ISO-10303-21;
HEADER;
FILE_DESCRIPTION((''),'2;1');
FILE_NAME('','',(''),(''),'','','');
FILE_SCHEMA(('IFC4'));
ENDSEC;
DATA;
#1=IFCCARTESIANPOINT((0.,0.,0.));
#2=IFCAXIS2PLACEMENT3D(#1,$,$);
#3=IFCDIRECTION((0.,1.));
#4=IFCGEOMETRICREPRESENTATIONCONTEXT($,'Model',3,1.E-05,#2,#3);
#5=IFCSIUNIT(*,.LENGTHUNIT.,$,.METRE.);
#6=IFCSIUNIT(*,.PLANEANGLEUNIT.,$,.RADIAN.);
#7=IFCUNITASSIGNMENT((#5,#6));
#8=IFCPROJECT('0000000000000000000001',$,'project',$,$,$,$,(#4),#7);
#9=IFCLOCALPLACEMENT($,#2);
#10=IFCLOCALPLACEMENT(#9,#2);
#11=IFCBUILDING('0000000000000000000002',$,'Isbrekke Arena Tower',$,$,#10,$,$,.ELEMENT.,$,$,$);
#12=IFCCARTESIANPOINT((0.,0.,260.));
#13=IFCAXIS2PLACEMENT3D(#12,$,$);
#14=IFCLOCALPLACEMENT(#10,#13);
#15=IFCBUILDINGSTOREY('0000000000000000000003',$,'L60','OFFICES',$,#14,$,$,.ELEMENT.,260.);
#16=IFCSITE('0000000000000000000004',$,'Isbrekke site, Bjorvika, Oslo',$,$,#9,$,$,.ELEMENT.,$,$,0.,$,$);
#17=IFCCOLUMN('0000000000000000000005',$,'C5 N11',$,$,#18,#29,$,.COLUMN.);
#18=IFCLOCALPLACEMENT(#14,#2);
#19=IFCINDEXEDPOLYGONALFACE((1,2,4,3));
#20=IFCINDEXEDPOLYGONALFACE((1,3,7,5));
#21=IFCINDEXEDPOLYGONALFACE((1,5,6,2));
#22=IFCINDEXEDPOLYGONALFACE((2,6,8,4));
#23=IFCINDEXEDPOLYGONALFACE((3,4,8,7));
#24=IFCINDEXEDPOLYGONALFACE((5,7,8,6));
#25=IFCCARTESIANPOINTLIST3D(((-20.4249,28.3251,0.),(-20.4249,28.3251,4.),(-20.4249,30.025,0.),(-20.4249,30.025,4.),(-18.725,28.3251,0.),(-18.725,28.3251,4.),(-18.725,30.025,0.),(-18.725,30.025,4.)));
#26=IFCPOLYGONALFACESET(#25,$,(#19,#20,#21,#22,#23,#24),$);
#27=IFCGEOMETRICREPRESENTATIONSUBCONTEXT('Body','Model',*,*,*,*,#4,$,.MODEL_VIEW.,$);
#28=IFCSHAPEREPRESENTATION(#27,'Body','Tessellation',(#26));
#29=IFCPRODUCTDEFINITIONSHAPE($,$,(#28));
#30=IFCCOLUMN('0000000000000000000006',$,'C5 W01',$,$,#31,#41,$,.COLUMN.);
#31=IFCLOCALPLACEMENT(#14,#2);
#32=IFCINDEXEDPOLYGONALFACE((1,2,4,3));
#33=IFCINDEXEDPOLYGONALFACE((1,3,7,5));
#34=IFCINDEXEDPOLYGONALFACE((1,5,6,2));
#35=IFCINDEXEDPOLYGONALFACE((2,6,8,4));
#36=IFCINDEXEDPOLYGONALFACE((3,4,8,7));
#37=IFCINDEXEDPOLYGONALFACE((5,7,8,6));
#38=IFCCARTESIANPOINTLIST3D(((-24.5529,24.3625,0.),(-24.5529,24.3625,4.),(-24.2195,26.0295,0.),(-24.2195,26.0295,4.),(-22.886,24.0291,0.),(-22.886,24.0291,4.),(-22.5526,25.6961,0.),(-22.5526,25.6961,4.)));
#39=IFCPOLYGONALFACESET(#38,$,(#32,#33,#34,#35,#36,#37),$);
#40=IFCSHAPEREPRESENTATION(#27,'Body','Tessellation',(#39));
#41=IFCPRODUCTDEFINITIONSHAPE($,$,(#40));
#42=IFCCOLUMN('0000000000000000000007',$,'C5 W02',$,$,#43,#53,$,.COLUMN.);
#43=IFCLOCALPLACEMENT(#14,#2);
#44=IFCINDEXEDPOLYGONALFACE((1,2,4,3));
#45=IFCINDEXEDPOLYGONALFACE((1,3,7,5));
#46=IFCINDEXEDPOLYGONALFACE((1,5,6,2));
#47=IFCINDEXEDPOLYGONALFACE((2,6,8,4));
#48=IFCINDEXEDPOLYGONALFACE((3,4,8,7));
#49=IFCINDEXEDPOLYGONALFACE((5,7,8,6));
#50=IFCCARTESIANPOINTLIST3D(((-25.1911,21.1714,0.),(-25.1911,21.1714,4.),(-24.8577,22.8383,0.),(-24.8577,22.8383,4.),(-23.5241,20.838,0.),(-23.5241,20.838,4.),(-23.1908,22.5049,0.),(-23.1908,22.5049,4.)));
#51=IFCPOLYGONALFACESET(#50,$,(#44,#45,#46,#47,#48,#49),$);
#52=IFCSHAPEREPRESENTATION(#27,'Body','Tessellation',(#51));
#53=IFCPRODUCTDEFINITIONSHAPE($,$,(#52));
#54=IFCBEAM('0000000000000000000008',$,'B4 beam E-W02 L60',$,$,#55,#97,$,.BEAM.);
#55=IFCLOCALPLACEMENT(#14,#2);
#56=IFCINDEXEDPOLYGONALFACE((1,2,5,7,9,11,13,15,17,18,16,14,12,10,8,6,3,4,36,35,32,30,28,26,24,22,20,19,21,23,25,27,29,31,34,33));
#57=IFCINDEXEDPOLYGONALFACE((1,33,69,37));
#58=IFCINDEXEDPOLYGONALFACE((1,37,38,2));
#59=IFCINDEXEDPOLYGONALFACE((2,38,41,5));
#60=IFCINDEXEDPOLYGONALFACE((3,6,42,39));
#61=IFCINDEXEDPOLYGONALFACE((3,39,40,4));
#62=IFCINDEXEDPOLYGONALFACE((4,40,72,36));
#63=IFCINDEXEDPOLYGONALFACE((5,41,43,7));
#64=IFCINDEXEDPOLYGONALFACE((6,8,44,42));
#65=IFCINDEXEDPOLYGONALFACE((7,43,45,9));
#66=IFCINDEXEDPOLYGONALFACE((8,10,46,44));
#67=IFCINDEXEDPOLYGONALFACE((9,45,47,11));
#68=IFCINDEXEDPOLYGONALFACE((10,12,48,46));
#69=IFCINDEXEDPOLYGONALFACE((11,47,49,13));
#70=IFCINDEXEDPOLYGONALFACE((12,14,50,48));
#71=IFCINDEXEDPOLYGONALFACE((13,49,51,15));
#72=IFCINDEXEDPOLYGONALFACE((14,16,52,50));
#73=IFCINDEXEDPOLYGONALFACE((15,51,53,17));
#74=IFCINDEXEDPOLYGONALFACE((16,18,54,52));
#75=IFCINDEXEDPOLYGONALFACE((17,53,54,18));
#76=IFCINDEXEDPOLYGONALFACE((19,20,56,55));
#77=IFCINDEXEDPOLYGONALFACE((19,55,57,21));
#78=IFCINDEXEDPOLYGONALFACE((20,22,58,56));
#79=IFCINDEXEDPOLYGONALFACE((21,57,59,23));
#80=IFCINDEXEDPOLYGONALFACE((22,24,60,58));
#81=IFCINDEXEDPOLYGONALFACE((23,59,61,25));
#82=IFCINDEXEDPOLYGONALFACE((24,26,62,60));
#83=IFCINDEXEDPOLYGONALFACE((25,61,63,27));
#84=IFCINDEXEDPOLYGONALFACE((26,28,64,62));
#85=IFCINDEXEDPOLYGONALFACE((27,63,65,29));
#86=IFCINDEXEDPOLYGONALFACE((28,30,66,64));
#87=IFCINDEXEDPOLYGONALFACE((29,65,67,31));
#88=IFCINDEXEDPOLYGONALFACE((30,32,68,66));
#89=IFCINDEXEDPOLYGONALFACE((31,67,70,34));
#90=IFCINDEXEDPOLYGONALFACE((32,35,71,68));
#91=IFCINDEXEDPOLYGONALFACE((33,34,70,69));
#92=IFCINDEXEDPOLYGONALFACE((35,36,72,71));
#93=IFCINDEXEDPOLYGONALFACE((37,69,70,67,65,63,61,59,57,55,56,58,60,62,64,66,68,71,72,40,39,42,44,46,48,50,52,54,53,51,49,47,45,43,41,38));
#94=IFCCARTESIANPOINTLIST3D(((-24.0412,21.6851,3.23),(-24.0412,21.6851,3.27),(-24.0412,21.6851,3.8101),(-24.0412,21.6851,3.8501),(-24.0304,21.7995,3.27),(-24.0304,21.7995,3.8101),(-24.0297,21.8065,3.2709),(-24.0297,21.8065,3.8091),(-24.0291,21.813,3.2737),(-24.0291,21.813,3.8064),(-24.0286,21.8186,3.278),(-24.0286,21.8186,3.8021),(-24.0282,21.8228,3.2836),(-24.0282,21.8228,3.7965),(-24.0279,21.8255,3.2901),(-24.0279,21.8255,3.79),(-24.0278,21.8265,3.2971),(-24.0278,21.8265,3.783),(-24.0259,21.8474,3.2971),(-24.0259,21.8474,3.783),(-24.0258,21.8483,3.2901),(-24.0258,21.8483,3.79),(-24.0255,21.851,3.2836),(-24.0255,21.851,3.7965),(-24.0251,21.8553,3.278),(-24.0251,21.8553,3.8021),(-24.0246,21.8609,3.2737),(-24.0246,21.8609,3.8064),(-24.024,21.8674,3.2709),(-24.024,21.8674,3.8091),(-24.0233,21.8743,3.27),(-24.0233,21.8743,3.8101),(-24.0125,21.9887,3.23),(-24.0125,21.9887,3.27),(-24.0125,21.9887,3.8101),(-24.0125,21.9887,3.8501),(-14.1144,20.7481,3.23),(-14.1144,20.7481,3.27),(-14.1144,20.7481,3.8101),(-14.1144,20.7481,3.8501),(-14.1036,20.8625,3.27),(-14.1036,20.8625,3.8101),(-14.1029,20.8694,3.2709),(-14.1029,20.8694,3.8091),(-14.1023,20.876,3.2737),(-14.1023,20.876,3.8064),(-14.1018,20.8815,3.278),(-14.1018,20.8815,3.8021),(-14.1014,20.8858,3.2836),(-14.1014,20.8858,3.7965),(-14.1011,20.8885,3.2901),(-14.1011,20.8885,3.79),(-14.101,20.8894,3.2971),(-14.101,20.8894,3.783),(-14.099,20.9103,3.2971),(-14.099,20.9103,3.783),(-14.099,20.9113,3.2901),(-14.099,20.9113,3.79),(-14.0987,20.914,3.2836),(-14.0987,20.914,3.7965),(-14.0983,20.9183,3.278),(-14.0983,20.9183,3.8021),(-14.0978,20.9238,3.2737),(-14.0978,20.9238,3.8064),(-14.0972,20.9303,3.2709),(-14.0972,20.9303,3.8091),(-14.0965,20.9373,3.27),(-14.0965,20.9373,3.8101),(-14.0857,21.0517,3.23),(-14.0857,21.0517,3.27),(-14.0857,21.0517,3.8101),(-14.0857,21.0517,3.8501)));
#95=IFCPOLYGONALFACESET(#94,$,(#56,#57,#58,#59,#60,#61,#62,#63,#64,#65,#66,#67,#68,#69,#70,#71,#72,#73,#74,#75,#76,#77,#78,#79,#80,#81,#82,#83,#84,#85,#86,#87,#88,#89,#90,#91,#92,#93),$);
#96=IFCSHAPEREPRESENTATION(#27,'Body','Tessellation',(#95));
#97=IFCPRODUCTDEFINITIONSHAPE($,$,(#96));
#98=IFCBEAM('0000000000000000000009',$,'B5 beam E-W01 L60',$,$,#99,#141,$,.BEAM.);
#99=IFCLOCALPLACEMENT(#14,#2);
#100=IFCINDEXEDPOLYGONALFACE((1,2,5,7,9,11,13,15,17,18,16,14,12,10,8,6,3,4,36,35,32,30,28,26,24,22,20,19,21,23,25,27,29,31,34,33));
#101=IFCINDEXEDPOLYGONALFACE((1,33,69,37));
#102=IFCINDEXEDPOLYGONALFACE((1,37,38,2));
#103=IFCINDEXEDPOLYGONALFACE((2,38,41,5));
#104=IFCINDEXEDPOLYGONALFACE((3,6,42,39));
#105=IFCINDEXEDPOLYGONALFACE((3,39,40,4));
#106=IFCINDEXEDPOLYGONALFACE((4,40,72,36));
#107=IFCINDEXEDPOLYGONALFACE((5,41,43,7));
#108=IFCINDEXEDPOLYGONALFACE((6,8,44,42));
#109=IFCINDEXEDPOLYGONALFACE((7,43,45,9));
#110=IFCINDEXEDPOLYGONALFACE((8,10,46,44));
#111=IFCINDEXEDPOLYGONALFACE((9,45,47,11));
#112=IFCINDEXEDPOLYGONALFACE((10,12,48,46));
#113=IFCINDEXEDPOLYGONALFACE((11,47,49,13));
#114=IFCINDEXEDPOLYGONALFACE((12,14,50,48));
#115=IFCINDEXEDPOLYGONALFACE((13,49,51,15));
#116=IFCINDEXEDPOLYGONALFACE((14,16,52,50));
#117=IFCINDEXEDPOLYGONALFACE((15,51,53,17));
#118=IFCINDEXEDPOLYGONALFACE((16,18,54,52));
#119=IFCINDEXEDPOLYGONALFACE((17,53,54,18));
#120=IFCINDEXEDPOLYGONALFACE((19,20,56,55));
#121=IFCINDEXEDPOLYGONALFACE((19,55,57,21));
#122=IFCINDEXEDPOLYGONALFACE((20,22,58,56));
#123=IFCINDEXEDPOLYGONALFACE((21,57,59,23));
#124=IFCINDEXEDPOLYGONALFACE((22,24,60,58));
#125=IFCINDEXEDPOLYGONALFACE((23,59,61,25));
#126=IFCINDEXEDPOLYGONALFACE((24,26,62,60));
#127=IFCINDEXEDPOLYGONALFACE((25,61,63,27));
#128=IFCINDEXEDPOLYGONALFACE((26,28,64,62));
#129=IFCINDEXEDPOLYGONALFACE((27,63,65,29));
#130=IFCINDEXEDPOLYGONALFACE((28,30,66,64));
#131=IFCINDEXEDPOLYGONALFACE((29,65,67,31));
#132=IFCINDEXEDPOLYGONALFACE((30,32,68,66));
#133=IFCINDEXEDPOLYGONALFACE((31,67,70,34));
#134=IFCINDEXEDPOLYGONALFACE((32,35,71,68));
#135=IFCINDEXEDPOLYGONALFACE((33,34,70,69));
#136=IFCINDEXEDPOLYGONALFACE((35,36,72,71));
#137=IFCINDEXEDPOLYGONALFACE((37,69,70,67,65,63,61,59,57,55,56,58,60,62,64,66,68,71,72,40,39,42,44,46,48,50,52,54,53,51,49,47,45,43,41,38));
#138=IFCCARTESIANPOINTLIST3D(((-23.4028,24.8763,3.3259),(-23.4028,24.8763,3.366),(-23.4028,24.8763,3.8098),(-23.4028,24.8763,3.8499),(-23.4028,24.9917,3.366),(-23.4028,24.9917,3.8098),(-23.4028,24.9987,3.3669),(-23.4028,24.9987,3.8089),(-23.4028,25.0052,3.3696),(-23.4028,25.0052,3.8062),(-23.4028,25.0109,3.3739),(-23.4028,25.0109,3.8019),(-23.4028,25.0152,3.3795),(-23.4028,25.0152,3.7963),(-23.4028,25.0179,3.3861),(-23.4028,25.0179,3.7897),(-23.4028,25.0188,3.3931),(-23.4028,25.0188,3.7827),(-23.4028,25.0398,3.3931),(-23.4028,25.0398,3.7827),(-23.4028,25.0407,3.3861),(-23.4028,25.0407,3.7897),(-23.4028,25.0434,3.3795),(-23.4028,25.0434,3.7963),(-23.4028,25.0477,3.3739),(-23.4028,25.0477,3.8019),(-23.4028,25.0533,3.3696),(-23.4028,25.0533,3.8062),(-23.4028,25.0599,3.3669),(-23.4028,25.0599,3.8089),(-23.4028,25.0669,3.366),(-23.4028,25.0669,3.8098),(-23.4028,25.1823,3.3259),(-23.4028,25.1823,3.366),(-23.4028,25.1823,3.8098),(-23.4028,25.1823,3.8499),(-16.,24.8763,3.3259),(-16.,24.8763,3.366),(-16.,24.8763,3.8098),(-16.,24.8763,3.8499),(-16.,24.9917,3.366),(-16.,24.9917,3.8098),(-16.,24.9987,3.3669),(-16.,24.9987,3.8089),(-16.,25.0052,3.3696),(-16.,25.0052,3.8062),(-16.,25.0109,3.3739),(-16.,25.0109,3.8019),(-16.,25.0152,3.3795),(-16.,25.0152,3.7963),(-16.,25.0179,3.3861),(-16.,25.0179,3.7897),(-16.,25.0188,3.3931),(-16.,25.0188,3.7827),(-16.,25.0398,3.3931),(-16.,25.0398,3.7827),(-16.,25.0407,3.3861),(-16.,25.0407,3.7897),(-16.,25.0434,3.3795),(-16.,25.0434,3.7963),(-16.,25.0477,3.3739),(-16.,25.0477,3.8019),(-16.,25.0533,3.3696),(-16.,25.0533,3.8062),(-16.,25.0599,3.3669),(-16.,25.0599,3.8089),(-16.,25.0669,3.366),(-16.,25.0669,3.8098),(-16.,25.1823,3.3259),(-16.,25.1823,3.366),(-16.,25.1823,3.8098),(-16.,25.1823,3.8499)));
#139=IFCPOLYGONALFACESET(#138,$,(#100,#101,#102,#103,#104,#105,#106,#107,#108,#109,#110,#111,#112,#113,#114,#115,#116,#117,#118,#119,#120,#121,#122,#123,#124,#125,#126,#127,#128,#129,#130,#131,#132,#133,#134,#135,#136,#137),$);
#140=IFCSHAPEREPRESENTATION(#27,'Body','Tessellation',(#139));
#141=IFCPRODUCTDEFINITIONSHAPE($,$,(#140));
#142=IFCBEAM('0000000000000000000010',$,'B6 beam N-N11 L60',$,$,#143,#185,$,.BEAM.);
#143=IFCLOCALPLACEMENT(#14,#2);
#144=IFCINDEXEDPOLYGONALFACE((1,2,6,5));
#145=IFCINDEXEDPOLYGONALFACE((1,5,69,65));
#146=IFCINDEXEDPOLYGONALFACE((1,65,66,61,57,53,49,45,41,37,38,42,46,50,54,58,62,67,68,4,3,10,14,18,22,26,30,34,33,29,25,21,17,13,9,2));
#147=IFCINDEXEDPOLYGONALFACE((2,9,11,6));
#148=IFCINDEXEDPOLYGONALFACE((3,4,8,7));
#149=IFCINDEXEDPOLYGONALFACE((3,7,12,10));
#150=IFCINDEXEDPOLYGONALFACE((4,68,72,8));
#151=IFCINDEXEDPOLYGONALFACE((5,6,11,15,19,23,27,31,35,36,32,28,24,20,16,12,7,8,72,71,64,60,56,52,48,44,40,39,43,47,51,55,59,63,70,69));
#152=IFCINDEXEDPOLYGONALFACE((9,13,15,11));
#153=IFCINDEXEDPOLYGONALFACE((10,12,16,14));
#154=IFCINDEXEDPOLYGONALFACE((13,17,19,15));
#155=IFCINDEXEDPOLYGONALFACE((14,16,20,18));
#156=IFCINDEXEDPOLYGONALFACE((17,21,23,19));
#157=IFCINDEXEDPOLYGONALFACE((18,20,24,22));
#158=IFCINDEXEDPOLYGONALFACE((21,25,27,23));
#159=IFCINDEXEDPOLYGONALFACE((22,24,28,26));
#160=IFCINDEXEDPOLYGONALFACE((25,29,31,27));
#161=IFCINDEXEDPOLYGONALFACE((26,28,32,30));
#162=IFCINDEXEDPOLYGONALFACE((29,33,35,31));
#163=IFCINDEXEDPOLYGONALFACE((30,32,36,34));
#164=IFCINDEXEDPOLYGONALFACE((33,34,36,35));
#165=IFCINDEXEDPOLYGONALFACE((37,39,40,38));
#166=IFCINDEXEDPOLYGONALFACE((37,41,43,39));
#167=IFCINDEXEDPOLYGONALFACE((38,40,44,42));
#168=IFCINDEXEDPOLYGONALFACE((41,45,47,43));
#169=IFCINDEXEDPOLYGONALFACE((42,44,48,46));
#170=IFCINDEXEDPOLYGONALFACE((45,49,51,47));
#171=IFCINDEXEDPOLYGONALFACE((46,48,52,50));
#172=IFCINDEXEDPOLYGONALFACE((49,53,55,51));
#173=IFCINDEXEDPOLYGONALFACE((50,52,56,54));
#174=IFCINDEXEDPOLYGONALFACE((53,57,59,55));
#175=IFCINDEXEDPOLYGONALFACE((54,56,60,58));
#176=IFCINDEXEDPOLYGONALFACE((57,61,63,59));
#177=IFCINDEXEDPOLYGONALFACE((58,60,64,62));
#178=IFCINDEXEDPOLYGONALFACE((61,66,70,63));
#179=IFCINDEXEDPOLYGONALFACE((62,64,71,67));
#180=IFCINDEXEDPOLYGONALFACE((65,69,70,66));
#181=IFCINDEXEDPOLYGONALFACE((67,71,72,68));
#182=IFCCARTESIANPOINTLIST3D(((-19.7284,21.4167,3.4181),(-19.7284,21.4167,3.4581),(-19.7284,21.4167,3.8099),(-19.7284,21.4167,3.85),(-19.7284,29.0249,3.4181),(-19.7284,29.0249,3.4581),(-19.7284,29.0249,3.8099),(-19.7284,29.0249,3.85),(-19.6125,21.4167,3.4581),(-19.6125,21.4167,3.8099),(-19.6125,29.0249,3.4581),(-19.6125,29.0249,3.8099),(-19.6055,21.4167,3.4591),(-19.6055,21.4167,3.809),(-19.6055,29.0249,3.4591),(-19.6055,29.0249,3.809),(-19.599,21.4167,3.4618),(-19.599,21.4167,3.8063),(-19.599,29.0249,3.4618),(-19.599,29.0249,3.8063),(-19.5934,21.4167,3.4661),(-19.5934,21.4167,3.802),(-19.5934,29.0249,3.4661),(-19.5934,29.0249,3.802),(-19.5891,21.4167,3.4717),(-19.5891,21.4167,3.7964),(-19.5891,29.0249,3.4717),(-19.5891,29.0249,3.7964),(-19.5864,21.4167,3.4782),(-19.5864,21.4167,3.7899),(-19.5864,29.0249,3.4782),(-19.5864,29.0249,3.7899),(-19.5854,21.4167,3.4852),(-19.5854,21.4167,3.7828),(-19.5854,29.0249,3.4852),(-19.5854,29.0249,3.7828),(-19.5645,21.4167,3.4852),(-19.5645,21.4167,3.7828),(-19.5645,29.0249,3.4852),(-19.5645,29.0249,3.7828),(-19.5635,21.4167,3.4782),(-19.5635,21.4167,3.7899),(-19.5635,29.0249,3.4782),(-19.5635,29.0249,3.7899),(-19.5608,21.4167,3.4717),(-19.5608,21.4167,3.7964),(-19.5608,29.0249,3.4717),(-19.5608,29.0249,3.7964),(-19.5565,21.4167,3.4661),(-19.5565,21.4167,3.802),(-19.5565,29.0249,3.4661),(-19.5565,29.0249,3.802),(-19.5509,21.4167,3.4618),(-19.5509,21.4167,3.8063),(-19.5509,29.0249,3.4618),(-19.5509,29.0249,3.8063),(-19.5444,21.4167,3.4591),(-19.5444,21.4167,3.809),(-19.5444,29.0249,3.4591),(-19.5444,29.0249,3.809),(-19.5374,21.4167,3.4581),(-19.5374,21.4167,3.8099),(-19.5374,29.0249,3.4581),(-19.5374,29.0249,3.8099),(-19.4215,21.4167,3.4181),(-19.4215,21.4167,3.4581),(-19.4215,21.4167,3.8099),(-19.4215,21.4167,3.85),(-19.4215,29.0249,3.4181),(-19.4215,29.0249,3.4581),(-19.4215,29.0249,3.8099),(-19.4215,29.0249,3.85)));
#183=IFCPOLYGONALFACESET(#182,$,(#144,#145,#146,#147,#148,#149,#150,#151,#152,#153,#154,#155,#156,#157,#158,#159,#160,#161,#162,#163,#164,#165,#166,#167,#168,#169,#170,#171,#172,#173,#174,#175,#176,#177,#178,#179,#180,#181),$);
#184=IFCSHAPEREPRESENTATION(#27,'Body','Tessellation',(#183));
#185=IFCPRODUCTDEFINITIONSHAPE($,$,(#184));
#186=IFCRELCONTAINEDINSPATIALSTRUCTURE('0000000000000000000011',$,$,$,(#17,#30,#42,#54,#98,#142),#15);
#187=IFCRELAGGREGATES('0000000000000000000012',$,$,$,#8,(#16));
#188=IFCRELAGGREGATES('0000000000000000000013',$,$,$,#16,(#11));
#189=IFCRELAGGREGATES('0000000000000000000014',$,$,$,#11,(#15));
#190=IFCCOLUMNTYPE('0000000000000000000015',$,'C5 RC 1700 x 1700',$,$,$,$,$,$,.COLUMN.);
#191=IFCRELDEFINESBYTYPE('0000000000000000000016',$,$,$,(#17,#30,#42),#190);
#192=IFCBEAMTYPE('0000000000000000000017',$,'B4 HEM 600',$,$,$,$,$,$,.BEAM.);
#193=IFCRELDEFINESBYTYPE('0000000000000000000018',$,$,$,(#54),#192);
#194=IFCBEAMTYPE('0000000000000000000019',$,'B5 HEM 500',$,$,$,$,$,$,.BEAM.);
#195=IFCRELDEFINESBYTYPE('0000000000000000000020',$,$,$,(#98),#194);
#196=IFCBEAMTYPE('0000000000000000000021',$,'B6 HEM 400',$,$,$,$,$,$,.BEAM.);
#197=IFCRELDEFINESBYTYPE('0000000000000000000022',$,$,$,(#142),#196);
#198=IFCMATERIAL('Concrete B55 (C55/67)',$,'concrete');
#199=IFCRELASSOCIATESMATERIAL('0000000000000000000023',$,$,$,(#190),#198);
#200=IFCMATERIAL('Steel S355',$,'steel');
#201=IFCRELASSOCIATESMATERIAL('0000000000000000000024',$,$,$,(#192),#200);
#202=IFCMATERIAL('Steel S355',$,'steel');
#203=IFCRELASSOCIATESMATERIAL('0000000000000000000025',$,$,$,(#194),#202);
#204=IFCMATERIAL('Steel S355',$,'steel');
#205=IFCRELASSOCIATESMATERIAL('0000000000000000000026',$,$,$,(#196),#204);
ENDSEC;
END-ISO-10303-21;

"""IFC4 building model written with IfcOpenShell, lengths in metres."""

from ifc_helpers import new_model, si_unit, direction, frame, origin, origin_2d, place, context, subcontext, project, spatial, rectangle, i_section, extrude, material, material_profile, profile_set, type_object, element, save


model = new_model("IFC4")

# Units and contexts
model_context = context("Model", 3, precision=1e-05, world=origin(), true_north=direction((0.0, 1.0)))
body_context = subcontext(model_context, "Body", "Model", "MODEL_VIEW")
ifc_project = project(units=[si_unit("LENGTHUNIT", "METRE"), si_unit("PLANEANGLEUNIT", "RADIAN")], contexts=[model_context])

# Site, building, storey
site_placement = place(None, origin())
site = spatial("IfcSite", under=ifc_project, at=site_placement, Name="Isbrekke site, Bjorvika, Oslo", CompositionType="ELEMENT", RefElevation=0.0)
building_placement = place(site_placement, origin())
building = spatial("IfcBuilding", under=site, at=building_placement, Name="Isbrekke Arena Tower", CompositionType="ELEMENT")
storey_placement = place(building_placement, frame((0.0, 0.0, 260.0)))
storey = spatial("IfcBuildingStorey", under=building, at=storey_placement, Name="L60", Description="OFFICES", CompositionType="ELEMENT", Elevation=260.0)

# Columns
ifc_material_1 = material(Name="Concrete B55 (C55/67)", Category="concrete")
ifc_material_profile_1 = material_profile(ifc_material_1, rectangle(XDim=1.7, YDim=1.7, at=origin_2d()), Name="RC 1700x1700")
ifc_profile_set_1 = profile_set([ifc_material_profile_1], Name="Concrete B55 (C55/67)")
column_type = type_object("IfcColumnType", Name="C5 RC 1700 x 1700", PredefinedType="COLUMN", material=ifc_profile_set_1)
for number, where, z_axis, x_axis, name in (
    (1, (-19.575, 29.175, 0.0), (0.0, 0.0, 1.0), (-1.0, 0.0, 0.0), "C5 N11"),
    (2, (-23.5527, 25.0293, 0.0), (0.0, 0.0, 1.0), (-0.196116, -0.980581, 0.0), "C5 W01"),
    (3, (-24.1909, 21.8381, 0.0), (0.0, 0.0, 1.0), (-0.196116, -0.980581, 0.0), "C5 W02"),
):
    element("IfcColumn", number, at=place(storey_placement, frame(where, z_axis=z_axis, x_axis=x_axis)), inside=storey, type_object=column_type, Name=name, PredefinedType="COLUMN", context=body_context, shape_type="SweptSolid", body=[
        extrude(rectangle(XDim=1.7, YDim=1.7, at=origin_2d()), origin(), (0.0, 0.0, 1.0), 4.0),
    ])

# Beams
ifc_material_2 = material(Name="Steel S355", Category="steel")
ifc_material_profile_2 = material_profile(ifc_material_2, i_section(OverallWidth=0.3049, OverallDepth=0.6201, WebThickness=0.021, FlangeThickness=0.04, FilletRadius=0.0271, at=origin_2d()), Name="HEM 600")
ifc_profile_set_2 = profile_set([ifc_material_profile_2], Name="Steel S355")
beam_type_1 = type_object("IfcBeamType", Name="B4 HEM 600", PredefinedType="BEAM", material=ifc_profile_set_2)
beam_1_placement = place(storey_placement, frame((-24.0269, 21.8369, 3.54), z_axis=(0.995575, -0.093975, 0.0), x_axis=(0.093975, 0.995575, 0.0)))
element("IfcBeam", 4, at=beam_1_placement, inside=storey, type_object=beam_type_1, Name="B4 beam E-W02 L60", PredefinedType="BEAM", context=body_context, shape_type="SweptSolid", body=[
    extrude(i_section(OverallWidth=0.3049, OverallDepth=0.6201, WebThickness=0.021, FlangeThickness=0.04, FilletRadius=0.0271, at=origin_2d()), origin(), (0.0, 0.0, 1.0), 9.9709),
])
ifc_material_3 = material(Name="Steel S355", Category="steel")
ifc_material_profile_3 = material_profile(ifc_material_3, i_section(OverallWidth=0.3059, OverallDepth=0.5239, WebThickness=0.021, FlangeThickness=0.04, FilletRadius=0.0271, at=origin_2d()), Name="HEM 500")
ifc_profile_set_3 = profile_set([ifc_material_profile_3], Name="Steel S355")
beam_type_2 = type_object("IfcBeamType", Name="B5 HEM 500", PredefinedType="BEAM", material=ifc_profile_set_3)
beam_2_placement = place(storey_placement, frame((-23.4028, 25.0293, 3.5879), z_axis=(1.0, 0.0, 0.0), x_axis=(0.0, 1.0, 0.0)))
element("IfcBeam", 5, at=beam_2_placement, inside=storey, type_object=beam_type_2, Name="B5 beam E-W01 L60", PredefinedType="BEAM", context=body_context, shape_type="SweptSolid", body=[
    extrude(i_section(OverallWidth=0.3059, OverallDepth=0.5239, WebThickness=0.021, FlangeThickness=0.04, FilletRadius=0.0271, at=origin_2d()), origin(), (0.0, 0.0, 1.0), 7.4028),
])
ifc_material_4 = material(Name="Steel S355", Category="steel")
ifc_material_profile_4 = material_profile(ifc_material_4, i_section(OverallWidth=0.3069, OverallDepth=0.4319, WebThickness=0.021, FlangeThickness=0.04, FilletRadius=0.0271, at=origin_2d()), Name="HEM 400")
ifc_profile_set_4 = profile_set([ifc_material_profile_4], Name="Steel S355")
beam_type_3 = type_object("IfcBeamType", Name="B6 HEM 400", PredefinedType="BEAM", material=ifc_profile_set_4)
beam_3_placement = place(storey_placement, frame((-19.575, 29.0249, 3.634), z_axis=(0.0, -1.0, 0.0), x_axis=(1.0, 0.0, 0.0)))
element("IfcBeam", 6, at=beam_3_placement, inside=storey, type_object=beam_type_3, Name="B6 beam N-N11 L60", PredefinedType="BEAM", context=body_context, shape_type="SweptSolid", body=[
    extrude(i_section(OverallWidth=0.3069, OverallDepth=0.4319, WebThickness=0.021, FlangeThickness=0.04, FilletRadius=0.0271, at=origin_2d()), origin(), (0.0, 0.0, 1.0), 7.6082),
])

save(model, "model.ifc")
